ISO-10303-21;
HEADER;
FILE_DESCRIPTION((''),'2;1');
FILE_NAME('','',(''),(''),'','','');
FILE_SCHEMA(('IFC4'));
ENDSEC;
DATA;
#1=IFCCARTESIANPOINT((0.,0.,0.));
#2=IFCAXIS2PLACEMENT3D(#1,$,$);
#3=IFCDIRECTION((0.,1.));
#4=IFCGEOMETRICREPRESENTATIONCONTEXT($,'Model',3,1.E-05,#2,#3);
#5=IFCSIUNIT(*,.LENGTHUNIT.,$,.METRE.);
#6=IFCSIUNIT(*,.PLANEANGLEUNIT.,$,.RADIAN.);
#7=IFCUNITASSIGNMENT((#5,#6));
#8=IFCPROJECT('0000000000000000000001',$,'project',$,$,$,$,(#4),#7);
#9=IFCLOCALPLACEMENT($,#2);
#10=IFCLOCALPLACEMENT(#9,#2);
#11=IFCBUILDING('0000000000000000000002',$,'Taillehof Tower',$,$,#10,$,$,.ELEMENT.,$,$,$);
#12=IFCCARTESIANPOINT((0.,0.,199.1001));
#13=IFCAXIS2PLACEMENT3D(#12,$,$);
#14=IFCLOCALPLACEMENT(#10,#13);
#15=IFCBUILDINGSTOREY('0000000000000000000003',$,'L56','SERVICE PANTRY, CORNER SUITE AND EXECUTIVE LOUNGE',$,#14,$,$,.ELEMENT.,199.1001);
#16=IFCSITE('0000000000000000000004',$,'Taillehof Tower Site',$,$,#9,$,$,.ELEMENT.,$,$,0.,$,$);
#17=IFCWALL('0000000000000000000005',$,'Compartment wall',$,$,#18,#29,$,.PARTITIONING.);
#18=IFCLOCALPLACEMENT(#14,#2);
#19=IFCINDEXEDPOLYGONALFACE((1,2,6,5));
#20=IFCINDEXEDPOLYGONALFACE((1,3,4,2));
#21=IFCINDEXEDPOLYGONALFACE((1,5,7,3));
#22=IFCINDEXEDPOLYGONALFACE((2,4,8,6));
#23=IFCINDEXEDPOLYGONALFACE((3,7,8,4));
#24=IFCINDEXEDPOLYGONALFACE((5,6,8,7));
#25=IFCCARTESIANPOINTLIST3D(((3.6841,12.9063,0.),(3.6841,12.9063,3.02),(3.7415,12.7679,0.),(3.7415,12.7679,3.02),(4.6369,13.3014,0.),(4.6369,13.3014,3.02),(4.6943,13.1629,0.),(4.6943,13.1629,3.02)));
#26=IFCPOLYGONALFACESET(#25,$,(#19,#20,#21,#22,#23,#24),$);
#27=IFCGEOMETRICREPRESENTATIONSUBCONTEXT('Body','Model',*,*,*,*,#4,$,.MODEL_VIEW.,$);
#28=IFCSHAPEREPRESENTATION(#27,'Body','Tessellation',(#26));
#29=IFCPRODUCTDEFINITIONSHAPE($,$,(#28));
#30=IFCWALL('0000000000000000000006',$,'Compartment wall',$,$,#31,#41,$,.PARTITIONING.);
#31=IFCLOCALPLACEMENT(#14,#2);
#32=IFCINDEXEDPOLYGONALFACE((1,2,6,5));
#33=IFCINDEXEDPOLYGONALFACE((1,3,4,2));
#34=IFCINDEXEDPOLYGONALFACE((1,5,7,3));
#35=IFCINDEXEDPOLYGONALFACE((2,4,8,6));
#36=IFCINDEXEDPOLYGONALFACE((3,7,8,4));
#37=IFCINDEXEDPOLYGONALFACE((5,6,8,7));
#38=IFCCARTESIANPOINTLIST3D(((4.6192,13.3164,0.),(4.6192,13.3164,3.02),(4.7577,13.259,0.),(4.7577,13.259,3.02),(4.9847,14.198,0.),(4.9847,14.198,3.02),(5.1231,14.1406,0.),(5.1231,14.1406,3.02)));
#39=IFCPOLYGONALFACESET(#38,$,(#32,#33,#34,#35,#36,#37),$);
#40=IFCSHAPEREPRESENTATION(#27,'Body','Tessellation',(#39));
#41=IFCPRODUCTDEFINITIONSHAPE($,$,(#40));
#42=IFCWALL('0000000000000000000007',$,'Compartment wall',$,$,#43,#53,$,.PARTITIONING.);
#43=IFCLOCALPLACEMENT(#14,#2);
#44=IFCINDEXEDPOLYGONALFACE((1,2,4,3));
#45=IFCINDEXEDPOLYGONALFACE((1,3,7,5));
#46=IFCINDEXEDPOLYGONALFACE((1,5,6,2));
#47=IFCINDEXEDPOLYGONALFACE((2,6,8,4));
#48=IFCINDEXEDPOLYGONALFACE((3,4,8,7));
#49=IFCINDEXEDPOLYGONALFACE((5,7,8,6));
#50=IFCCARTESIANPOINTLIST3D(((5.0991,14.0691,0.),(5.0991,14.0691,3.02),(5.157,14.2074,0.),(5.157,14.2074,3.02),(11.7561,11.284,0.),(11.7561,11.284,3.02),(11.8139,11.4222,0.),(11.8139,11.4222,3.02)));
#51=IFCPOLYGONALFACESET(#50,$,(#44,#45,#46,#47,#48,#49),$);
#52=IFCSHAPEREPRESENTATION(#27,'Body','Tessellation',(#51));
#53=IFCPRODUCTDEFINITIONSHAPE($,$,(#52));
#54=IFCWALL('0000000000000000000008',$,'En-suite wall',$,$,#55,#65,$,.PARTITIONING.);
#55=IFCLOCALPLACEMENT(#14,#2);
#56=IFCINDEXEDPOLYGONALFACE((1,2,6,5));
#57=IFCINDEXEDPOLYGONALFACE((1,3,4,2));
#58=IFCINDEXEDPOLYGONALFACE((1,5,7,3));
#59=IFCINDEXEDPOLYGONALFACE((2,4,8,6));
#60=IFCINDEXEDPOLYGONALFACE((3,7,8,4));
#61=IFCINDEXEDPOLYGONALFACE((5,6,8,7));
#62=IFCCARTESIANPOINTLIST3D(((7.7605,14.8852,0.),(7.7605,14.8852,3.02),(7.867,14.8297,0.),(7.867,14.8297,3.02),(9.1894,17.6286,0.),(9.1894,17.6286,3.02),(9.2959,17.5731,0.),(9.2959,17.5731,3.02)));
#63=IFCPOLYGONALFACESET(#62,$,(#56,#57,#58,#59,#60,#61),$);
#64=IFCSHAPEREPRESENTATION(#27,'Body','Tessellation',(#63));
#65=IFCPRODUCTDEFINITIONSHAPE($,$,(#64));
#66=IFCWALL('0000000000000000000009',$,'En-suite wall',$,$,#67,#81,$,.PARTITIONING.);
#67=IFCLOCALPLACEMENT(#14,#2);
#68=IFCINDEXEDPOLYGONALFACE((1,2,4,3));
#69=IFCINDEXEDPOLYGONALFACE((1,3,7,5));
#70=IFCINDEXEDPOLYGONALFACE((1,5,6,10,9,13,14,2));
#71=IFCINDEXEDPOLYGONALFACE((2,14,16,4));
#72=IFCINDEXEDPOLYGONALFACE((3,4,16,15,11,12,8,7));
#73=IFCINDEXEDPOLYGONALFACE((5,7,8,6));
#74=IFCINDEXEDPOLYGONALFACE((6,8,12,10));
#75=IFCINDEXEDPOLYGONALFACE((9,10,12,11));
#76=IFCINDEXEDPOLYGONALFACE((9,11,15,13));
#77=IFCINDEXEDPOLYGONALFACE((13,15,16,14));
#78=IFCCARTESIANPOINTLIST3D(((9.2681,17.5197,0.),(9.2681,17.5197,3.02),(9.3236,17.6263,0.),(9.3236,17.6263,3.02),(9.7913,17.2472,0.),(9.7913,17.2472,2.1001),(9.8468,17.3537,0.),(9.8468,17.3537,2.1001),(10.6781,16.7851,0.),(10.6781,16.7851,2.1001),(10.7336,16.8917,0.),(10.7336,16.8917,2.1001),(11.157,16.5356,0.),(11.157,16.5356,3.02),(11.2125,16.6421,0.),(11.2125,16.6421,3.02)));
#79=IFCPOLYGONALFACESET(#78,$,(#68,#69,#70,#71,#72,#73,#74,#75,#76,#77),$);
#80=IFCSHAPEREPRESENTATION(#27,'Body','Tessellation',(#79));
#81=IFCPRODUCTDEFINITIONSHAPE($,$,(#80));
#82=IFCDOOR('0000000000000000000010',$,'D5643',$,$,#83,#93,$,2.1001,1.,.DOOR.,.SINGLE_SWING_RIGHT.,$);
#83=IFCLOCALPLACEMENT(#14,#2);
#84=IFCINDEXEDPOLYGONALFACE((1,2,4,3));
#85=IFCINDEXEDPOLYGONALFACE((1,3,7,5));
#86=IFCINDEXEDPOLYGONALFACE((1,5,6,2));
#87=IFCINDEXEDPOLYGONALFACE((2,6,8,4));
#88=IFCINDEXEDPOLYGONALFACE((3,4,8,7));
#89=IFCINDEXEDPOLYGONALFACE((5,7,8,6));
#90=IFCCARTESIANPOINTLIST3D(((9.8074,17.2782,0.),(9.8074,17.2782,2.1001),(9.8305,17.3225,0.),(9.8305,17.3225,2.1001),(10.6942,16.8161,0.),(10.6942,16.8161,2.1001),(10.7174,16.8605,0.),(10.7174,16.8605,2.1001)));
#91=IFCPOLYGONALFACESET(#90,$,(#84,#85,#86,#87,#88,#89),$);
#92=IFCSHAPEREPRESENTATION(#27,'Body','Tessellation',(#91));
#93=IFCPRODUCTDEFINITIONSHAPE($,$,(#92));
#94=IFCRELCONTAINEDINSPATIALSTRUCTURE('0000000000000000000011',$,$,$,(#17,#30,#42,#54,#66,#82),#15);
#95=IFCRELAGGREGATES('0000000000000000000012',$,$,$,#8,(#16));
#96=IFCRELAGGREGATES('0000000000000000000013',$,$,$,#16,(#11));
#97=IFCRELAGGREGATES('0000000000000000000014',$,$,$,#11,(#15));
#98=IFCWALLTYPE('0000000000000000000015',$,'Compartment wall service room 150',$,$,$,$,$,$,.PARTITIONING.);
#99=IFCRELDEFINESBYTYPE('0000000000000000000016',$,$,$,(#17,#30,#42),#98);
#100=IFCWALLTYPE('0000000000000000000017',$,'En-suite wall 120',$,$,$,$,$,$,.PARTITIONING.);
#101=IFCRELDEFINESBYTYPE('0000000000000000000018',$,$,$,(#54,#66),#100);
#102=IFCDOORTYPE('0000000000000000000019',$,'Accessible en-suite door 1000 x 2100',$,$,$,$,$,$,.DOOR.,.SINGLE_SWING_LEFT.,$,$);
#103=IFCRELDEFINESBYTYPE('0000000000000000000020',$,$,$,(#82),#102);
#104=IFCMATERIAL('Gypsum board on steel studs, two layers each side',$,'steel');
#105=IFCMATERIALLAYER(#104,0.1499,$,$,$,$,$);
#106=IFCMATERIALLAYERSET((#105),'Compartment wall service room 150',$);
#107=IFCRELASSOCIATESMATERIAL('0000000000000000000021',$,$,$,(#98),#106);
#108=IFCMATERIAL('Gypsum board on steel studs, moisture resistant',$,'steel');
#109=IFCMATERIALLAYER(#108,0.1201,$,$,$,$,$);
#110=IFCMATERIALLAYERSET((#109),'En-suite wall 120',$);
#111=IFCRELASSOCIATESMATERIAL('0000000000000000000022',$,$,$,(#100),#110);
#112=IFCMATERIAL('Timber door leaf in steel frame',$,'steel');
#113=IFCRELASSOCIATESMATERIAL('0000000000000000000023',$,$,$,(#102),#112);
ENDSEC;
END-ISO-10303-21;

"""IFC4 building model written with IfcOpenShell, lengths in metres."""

from ifc_helpers import new_model, si_unit, direction, frame, frame_2d, origin, place, context, subcontext, project, spatial, rectangle, extrude, material, layer, layer_set, type_object, element, fill, save


model = new_model("IFC4")

# Units and contexts
model_context = context("Model", 3, precision=1e-05, world=origin(), true_north=direction((0.0, 1.0)))
body_context = subcontext(model_context, "Body", "Model", "MODEL_VIEW")
ifc_project = project(units=[si_unit("LENGTHUNIT", "METRE"), si_unit("PLANEANGLEUNIT", "RADIAN")], contexts=[model_context])

# Site, building, storey
site_placement = place(None, origin())
site = spatial("IfcSite", under=ifc_project, at=site_placement, Name="Taillehof Tower Site", CompositionType="ELEMENT", RefElevation=0.0)
building_placement = place(site_placement, origin())
building = spatial("IfcBuilding", under=site, at=building_placement, Name="Taillehof Tower", CompositionType="ELEMENT")
storey_placement = place(building_placement, frame((0.0, 0.0, 199.1001)))
storey = spatial("IfcBuildingStorey", under=building, at=storey_placement, Name="L56", Description="SERVICE PANTRY, CORNER SUITE AND EXECUTIVE LOUNGE", CompositionType="ELEMENT", Elevation=199.1001)

# Walls
ifc_material_1 = material(Name="Gypsum board on steel studs, two layers each side", Category="steel")
ifc_layer_1 = layer(ifc_material_1, 0.1499)
ifc_layer_set_1 = layer_set([ifc_layer_1], Name="Compartment wall service room 150")
wall_type_1 = type_object("IfcWallType", Name="Compartment wall service room 150", PredefinedType="PARTITIONING", material=ifc_layer_set_1)
wall_1_placement = place(storey_placement, frame((3.7129, 12.8372, 0.0), z_axis=(0.0, 0.0, 1.0), x_axis=(0.923769, 0.382951, 0.0)))
element("IfcWall", 1, at=wall_1_placement, inside=storey, type_object=wall_type_1, Name="Compartment wall", PredefinedType="PARTITIONING", context=body_context, shape_type="SweptSolid", body=[
    extrude(rectangle(XDim=1.0315, YDim=0.1499, at=frame_2d((0.5156, 0.0))), origin(), (0.0, 0.0, 1.0), 3.02),
])
wall_2_placement = place(storey_placement, frame((4.6885, 13.2878, 0.0), z_axis=(0.0, 0.0, 1.0), x_axis=(0.382962, 0.923764, 0.0)))
element("IfcWall", 2, at=wall_2_placement, inside=storey, type_object=wall_type_1, Name="Compartment wall", PredefinedType="PARTITIONING", context=body_context, shape_type="SweptSolid", body=[
    extrude(rectangle(XDim=0.9543, YDim=0.1499, at=frame_2d((0.4771, 0.0))), origin(), (0.0, 0.0, 1.0), 3.02),
])
wall_3_placement = place(storey_placement, frame((5.1282, 14.1382, 0.0), z_axis=(0.0, 0.0, 1.0), x_axis=(0.922514, -0.385963, 0.0)))
element("IfcWall", 3, at=wall_3_placement, inside=storey, type_object=wall_type_1, Name="Compartment wall", PredefinedType="PARTITIONING", context=body_context, shape_type="SweptSolid", body=[
    extrude(rectangle(XDim=7.2161, YDim=0.1499, at=frame_2d((3.6079, 0.0))), origin(), (0.0, 0.0, 1.0), 3.02),
])
ifc_material_2 = material(Name="Gypsum board on steel studs, moisture resistant", Category="steel")
ifc_layer_2 = layer(ifc_material_2, 0.1201)
ifc_layer_set_2 = layer_set([ifc_layer_2], Name="En-suite wall 120")
wall_type_2 = type_object("IfcWallType", Name="En-suite wall 120", PredefinedType="PARTITIONING", material=ifc_layer_set_2)
wall_4_placement = place(storey_placement, frame((7.8137, 14.8574, 0.0), z_axis=(0.0, 0.0, 1.0), x_axis=(0.461959, 0.886901, 0.0)))
element("IfcWall", 4, at=wall_4_placement, inside=storey, type_object=wall_type_2, Name="En-suite wall", PredefinedType="PARTITIONING", context=body_context, shape_type="SweptSolid", body=[
    extrude(rectangle(XDim=3.0933, YDim=0.1201, at=frame_2d((1.5466, 0.0))), origin(), (0.0, 0.0, 1.0), 3.02),
])

# Wall, opening, door
wall_5_placement = place(storey_placement, frame((9.2959, 17.573, 0.0), z_axis=(0.0, 0.0, 1.0), x_axis=(0.886852, -0.462053, 0.0)))
wall_5 = element("IfcWall", 5, at=wall_5_placement, inside=storey, type_object=wall_type_2, Name="En-suite wall", PredefinedType="PARTITIONING", context=body_context, shape_type="SweptSolid", body=[
    extrude(rectangle(XDim=2.1299, YDim=0.1201, at=frame_2d((1.0649, 0.0))), origin(), (0.0, 0.0, 1.0), 3.02),
])
opening_1_placement = place(wall_5_placement, frame((0.5898, 0.0, 0.0)))
opening_1 = element("IfcOpeningElement", 6, at=opening_1_placement, cuts=wall_5, PredefinedType="OPENING", context=body_context, shape_type="SweptSolid", body=[
    extrude(rectangle(XDim=1.0, YDim=2.1001, at=frame_2d((0.5, 1.05))), frame((0.0, 0.0701, 0.0), z_axis=(0.0, -1.0, 0.0), x_axis=(1.0, 0.0, 0.0)), (0.0, 0.0, 1.0), 0.1401),
])
ifc_material_3 = material(Name="Timber door leaf in steel frame", Category="steel")
door_type_1 = type_object("IfcDoorType", Name="Accessible en-suite door 1000 x 2100", OperationType="SINGLE_SWING_LEFT", PredefinedType="DOOR", material=ifc_material_3)
door_1_placement = place(opening_1_placement, origin())
door_1 = element("IfcDoor", 7, at=door_1_placement, inside=storey, type_object=door_type_1, Name="D5643", OperationType="SINGLE_SWING_RIGHT", OverallHeight=2.1001, OverallWidth=1.0, PredefinedType="DOOR", context=body_context, shape_type="SweptSolid", body=[
    extrude(rectangle(XDim=1.0, YDim=2.1001, at=frame_2d((0.5, 1.05))), frame((0.0, 0.0249, 0.0), z_axis=(0.0, -1.0, 0.0), x_axis=(1.0, 0.0, 0.0)), (0.0, 0.0, 1.0), 0.05),
])
fill(opening_1, door_1)

save(model, "model.ifc")
